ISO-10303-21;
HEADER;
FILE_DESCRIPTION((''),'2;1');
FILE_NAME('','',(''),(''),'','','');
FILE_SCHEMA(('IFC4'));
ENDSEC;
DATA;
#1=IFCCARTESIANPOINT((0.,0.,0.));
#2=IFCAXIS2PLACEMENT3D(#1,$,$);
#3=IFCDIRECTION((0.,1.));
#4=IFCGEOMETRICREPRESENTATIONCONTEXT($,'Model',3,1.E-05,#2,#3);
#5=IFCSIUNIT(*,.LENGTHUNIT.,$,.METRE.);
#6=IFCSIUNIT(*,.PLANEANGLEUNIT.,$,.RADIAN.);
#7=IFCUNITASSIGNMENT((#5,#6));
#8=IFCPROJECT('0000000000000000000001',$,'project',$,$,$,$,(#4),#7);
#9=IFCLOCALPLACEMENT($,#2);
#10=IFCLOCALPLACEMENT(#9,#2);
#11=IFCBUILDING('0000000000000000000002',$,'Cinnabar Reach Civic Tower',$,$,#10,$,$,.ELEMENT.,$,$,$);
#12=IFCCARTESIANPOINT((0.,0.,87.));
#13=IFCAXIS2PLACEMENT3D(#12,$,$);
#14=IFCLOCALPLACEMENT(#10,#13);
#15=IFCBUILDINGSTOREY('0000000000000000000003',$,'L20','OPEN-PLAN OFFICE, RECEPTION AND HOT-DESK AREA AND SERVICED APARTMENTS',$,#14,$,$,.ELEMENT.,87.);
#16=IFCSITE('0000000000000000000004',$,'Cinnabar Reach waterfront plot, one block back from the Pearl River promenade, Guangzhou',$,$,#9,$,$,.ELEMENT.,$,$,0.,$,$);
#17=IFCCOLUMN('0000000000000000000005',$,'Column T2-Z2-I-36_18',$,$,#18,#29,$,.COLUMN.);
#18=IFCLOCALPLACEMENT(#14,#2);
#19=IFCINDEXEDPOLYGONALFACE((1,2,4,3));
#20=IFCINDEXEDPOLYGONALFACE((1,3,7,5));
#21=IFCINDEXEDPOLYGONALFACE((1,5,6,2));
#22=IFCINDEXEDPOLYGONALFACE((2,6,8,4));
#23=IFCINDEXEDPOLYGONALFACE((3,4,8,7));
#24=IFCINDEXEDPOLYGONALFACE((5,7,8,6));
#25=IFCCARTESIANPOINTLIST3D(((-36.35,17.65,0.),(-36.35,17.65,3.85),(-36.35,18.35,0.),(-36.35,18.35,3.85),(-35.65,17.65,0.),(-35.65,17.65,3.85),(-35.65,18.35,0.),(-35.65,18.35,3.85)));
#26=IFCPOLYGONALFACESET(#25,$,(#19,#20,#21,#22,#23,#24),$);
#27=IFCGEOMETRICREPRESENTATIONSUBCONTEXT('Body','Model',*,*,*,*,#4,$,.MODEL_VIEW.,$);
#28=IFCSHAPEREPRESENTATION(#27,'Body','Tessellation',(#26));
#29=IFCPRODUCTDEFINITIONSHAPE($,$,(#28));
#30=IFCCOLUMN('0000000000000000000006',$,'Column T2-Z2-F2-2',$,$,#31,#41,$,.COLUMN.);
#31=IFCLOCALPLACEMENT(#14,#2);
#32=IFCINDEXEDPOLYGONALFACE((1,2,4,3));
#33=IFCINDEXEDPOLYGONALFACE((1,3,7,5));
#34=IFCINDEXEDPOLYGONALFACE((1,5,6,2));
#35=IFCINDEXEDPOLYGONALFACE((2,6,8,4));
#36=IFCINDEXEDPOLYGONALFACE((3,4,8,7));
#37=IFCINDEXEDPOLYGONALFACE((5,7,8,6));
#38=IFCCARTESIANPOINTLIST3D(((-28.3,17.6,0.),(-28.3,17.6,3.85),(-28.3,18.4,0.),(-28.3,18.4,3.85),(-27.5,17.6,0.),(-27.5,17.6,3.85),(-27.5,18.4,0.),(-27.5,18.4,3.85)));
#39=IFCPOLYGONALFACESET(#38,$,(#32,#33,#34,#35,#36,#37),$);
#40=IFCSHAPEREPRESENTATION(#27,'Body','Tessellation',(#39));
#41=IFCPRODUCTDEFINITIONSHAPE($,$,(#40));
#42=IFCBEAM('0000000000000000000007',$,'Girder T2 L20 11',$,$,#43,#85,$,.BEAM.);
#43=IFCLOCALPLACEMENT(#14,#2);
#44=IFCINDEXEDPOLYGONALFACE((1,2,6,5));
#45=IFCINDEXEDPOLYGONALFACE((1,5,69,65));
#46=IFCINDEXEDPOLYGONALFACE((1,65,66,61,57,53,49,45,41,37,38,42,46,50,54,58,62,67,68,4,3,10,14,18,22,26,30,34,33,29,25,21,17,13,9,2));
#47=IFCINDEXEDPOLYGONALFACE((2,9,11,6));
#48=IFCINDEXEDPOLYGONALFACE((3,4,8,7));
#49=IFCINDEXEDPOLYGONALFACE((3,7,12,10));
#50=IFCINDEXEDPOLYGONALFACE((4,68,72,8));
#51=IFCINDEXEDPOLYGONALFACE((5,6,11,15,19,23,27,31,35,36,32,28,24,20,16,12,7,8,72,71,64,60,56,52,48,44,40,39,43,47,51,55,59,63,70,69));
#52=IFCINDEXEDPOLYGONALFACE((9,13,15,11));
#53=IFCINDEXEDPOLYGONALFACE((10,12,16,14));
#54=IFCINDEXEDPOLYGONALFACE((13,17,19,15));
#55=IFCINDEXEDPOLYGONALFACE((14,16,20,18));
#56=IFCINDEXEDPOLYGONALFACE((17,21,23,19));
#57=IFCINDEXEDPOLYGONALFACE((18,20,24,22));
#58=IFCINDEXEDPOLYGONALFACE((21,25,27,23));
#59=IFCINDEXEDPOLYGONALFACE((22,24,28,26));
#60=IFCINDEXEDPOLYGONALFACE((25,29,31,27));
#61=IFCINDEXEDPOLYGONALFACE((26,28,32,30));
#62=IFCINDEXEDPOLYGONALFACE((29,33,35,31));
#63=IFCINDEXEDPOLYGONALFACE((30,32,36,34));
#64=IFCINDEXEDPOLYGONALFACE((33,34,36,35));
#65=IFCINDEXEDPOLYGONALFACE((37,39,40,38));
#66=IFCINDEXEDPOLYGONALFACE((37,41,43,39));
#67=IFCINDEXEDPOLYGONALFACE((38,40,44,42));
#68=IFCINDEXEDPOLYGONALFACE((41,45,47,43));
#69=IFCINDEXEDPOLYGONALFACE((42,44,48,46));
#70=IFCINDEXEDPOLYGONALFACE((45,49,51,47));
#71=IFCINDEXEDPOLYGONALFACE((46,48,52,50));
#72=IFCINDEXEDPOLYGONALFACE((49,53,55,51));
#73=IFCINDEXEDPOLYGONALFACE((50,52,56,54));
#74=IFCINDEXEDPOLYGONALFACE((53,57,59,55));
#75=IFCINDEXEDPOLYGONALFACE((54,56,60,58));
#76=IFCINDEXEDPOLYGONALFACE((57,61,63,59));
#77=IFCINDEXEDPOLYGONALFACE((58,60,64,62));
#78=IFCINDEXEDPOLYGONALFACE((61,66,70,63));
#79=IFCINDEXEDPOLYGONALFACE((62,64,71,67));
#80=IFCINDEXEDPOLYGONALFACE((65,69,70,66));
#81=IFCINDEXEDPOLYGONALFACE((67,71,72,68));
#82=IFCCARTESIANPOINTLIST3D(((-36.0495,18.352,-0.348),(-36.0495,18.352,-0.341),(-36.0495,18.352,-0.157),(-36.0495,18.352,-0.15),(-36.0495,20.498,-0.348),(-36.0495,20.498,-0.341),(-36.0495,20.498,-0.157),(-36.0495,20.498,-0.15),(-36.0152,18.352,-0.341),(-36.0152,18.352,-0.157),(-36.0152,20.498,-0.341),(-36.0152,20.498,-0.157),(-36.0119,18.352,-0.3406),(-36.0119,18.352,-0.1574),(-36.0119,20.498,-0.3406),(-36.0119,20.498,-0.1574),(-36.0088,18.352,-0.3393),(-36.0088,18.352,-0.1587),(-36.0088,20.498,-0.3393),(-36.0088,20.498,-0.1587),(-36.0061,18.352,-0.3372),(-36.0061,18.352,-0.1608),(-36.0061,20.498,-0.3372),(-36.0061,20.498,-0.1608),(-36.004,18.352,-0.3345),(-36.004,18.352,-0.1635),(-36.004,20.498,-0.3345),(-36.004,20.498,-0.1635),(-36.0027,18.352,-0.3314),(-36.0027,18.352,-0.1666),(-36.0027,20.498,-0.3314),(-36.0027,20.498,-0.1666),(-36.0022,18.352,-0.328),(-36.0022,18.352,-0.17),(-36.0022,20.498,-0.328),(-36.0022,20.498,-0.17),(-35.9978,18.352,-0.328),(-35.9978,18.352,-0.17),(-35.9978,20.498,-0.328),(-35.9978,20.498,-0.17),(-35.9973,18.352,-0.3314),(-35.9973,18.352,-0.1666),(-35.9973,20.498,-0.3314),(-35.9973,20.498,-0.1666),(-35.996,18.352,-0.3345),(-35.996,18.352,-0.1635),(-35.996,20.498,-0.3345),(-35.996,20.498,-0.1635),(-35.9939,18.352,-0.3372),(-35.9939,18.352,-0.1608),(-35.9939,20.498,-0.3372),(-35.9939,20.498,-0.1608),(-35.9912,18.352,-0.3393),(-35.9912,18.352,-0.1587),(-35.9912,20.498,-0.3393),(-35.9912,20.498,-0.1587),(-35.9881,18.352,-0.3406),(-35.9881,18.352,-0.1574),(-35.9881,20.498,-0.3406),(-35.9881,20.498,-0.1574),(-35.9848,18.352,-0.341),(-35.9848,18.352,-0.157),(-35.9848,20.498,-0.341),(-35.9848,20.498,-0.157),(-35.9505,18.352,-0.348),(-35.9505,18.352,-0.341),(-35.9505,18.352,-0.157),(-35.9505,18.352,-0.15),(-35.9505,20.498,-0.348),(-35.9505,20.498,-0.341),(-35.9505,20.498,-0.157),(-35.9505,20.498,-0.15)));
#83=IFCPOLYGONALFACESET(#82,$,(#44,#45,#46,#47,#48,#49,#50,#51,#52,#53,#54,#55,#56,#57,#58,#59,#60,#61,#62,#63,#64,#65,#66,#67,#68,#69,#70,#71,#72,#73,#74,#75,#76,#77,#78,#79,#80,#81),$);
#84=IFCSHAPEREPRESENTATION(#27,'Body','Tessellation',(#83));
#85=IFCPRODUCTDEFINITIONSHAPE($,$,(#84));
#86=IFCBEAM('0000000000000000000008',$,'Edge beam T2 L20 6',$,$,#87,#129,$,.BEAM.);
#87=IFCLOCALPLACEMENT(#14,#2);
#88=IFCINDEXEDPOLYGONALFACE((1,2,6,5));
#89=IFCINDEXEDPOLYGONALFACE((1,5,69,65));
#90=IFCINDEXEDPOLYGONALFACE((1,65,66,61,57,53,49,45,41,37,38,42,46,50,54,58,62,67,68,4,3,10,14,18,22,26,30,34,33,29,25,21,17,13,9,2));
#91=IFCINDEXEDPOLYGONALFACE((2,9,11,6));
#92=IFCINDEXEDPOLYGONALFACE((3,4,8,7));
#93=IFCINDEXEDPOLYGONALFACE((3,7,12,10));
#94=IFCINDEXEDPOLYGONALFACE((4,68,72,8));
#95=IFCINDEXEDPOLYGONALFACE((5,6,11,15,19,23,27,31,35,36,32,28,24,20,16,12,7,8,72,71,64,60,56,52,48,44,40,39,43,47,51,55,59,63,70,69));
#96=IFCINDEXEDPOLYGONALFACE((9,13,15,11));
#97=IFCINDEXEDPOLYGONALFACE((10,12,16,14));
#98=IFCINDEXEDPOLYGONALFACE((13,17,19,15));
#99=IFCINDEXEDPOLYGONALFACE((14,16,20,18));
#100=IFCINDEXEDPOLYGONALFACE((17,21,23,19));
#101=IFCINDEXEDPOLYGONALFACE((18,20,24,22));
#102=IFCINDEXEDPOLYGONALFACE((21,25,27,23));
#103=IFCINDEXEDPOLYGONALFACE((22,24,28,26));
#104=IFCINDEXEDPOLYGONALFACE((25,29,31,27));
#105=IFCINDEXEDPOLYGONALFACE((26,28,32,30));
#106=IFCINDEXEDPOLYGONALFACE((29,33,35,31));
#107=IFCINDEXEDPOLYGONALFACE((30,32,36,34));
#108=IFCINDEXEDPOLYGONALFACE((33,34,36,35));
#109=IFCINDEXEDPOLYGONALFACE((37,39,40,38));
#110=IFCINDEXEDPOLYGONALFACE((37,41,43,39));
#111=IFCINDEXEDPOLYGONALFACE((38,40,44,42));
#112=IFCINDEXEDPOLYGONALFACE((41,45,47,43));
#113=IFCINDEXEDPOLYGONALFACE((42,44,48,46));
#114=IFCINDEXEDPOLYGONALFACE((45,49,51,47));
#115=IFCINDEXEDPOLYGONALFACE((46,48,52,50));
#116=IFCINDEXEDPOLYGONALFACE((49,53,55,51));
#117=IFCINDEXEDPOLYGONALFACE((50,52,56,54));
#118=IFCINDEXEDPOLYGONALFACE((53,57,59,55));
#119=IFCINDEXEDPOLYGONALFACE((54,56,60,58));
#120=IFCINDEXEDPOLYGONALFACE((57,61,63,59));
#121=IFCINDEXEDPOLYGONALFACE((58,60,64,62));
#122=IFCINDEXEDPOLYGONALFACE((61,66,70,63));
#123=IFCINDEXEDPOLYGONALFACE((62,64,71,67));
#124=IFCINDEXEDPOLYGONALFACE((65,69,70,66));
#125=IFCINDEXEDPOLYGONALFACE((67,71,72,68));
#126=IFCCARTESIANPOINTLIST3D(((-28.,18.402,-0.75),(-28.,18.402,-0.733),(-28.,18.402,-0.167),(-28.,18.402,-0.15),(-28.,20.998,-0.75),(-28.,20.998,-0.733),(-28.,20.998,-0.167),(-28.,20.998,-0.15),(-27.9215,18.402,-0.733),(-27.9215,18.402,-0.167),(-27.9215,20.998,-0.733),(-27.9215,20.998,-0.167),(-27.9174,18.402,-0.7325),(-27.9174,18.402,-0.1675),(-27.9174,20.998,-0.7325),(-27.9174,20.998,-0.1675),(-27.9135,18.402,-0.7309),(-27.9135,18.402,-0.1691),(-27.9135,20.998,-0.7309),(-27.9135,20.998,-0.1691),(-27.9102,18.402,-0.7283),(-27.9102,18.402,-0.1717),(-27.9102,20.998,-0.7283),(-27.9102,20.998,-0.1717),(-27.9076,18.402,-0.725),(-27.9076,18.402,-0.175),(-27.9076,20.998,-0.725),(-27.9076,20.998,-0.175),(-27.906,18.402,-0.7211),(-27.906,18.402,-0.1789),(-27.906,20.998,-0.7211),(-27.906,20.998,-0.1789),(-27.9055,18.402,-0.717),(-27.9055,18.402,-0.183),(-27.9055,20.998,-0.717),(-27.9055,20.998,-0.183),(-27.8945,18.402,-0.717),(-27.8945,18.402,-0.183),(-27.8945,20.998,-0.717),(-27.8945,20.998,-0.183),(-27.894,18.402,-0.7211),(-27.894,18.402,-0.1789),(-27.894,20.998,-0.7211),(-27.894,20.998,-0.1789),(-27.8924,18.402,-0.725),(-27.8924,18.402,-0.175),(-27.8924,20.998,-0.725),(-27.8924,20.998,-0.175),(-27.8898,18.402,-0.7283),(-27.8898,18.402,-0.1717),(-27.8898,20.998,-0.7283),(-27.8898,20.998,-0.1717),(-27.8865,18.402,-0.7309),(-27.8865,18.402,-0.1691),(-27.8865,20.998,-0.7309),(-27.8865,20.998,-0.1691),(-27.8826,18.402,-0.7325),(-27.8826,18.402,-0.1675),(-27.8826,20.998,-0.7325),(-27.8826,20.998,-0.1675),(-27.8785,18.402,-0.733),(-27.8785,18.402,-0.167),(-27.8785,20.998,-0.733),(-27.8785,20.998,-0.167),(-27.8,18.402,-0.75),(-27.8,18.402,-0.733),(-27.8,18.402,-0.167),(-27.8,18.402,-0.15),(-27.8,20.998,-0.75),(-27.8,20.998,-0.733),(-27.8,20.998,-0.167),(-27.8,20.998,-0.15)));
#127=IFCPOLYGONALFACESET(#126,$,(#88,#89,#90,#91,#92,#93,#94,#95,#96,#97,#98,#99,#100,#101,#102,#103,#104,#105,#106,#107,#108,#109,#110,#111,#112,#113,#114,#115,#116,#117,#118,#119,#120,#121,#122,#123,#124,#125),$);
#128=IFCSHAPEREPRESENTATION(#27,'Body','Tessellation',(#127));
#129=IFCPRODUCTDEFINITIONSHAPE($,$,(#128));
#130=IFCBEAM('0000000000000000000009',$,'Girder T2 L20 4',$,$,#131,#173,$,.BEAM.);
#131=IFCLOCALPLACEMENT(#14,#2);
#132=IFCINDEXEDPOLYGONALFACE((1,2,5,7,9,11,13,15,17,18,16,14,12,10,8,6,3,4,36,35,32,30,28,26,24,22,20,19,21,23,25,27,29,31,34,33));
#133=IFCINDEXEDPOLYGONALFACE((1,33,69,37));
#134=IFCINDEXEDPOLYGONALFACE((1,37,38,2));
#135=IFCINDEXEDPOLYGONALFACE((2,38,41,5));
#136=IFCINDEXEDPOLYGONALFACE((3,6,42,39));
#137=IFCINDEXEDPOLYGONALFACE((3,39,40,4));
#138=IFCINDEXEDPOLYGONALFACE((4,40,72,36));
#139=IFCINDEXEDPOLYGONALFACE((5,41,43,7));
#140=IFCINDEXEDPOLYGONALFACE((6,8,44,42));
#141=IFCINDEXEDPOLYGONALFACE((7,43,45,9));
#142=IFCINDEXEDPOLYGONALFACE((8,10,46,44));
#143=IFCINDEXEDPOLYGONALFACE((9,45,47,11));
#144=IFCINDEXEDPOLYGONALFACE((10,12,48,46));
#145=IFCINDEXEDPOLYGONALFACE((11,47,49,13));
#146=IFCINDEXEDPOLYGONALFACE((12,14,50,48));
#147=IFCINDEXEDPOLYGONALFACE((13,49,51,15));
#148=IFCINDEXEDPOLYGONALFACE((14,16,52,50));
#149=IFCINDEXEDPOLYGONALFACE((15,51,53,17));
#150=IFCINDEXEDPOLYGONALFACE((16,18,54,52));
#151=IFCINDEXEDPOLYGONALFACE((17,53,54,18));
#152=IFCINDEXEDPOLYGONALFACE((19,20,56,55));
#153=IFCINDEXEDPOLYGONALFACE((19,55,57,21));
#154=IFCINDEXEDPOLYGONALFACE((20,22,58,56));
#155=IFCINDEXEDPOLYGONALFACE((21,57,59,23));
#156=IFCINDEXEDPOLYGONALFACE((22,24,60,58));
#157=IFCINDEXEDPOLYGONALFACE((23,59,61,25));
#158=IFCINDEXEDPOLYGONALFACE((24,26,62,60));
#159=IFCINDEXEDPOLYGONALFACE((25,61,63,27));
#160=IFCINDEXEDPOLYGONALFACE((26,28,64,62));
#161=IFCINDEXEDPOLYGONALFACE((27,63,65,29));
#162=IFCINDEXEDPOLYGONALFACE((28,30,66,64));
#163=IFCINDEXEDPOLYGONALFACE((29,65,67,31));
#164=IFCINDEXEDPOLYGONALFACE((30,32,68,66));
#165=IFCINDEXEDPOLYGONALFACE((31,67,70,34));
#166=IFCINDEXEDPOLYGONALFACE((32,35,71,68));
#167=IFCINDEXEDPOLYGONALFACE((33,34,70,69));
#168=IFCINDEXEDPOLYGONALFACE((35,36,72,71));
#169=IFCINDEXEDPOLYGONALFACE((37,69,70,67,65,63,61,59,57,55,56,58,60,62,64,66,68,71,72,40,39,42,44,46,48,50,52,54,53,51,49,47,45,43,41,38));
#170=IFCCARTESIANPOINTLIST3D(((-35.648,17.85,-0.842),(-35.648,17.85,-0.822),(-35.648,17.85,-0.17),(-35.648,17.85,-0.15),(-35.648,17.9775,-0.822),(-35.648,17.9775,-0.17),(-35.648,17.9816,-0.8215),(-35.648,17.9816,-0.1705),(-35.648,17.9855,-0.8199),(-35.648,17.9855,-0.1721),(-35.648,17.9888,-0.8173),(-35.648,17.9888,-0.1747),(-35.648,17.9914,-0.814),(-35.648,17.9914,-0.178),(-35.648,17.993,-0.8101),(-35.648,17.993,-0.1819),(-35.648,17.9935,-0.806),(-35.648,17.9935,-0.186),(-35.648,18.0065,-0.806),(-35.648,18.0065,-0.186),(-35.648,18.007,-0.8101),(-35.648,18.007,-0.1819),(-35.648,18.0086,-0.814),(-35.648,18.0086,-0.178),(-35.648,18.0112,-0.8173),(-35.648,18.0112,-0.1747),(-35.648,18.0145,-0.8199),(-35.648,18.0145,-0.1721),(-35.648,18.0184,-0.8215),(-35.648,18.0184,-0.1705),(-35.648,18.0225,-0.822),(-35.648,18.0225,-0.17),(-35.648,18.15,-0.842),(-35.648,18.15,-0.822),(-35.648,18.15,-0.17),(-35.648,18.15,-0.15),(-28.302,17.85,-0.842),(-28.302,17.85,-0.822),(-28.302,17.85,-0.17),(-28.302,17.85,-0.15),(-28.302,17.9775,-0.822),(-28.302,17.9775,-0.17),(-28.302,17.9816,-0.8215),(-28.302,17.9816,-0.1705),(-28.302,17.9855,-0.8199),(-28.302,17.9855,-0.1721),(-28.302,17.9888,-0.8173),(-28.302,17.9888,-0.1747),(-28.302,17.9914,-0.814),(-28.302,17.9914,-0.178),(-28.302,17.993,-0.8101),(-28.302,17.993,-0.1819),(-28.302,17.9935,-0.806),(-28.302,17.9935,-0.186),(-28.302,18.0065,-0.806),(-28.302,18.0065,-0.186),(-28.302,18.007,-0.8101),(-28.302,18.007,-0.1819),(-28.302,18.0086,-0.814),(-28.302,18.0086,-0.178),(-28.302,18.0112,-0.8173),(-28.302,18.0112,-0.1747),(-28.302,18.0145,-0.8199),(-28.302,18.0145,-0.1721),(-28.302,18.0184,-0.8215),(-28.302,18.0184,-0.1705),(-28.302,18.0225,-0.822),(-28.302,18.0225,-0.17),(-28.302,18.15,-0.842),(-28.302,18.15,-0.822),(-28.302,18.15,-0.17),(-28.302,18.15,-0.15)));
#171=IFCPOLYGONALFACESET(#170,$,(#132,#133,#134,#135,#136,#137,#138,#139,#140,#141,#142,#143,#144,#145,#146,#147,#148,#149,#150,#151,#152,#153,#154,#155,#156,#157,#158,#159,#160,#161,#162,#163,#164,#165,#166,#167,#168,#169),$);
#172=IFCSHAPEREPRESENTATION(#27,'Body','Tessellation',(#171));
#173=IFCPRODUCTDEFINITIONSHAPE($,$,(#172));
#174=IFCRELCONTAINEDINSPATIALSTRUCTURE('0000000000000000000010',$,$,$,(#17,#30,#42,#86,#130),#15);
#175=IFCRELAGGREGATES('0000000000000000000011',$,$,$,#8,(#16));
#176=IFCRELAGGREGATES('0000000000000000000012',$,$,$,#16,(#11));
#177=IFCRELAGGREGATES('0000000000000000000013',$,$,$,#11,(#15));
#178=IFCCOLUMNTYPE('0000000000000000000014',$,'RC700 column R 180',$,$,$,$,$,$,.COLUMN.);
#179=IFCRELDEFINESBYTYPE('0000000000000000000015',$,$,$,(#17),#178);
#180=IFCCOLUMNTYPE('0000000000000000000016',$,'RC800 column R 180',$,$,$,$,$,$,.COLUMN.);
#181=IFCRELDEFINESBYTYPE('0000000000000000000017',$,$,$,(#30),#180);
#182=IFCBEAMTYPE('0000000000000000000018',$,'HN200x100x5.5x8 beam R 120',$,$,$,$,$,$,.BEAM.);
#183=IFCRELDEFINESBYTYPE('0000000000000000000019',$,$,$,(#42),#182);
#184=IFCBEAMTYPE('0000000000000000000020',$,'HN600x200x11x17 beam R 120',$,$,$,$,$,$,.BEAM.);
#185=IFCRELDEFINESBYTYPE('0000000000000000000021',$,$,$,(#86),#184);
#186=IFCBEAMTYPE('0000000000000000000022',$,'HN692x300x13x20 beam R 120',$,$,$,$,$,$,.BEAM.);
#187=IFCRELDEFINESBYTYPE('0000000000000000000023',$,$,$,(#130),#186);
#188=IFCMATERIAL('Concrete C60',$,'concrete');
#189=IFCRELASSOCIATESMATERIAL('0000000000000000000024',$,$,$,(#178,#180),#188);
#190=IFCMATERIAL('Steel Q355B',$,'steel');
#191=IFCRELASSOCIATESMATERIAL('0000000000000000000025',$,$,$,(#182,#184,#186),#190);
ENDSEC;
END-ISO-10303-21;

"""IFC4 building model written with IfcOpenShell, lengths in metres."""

from ifc_helpers import new_model, si_unit, direction, frame, origin, origin_2d, place, context, subcontext, project, spatial, rectangle, i_section, extrude, material, material_profile, profile_set, type_object, element, save


model = new_model("IFC4")

# Units and contexts
model_context = context("Model", 3, precision=1e-05, world=origin(), true_north=direction((0.0, 1.0)))
body_context = subcontext(model_context, "Body", "Model", "MODEL_VIEW")
ifc_project = project(units=[si_unit("LENGTHUNIT", "METRE"), si_unit("PLANEANGLEUNIT", "RADIAN")], contexts=[model_context])

# Site, building, storey
site_placement = place(None, origin())
site = spatial("IfcSite", under=ifc_project, at=site_placement, Name="Cinnabar Reach waterfront plot, one block back from the Pearl River promenade, Guangzhou", CompositionType="ELEMENT", RefElevation=0.0)
building_placement = place(site_placement, origin())
building = spatial("IfcBuilding", under=site, at=building_placement, Name="Cinnabar Reach Civic Tower", CompositionType="ELEMENT")
storey_placement = place(building_placement, frame((0.0, 0.0, 87.0)))
storey = spatial("IfcBuildingStorey", under=building, at=storey_placement, Name="L20", Description="OPEN-PLAN OFFICE, RECEPTION AND HOT-DESK AREA AND SERVICED APARTMENTS", CompositionType="ELEMENT", Elevation=87.0)

# Columns
ifc_material_1 = material(Name="Concrete C60", Category="concrete")
ifc_material_profile_1 = material_profile(ifc_material_1, rectangle(XDim=0.7, YDim=0.7, at=origin_2d()), Name="RC700")
ifc_profile_set_1 = profile_set([ifc_material_profile_1], Name="Concrete C60")
column_type_1 = type_object("IfcColumnType", Name="RC700 column R 180", PredefinedType="COLUMN", material=ifc_profile_set_1)
column_1_placement = place(storey_placement, frame((-36.0, 18.0, 0.0), z_axis=(0.0, 0.0, 1.0), x_axis=(1.0, 0.0, 0.0)))
element("IfcColumn", 1, at=column_1_placement, inside=storey, type_object=column_type_1, Name="Column T2-Z2-I-36_18", PredefinedType="COLUMN", context=body_context, shape_type="SweptSolid", body=[
    extrude(rectangle(XDim=0.7, YDim=0.7, at=origin_2d()), origin(), (0.0, 0.0, 1.0), 3.85),
])
ifc_material_profile_2 = material_profile(ifc_material_1, rectangle(XDim=0.8, YDim=0.8, at=origin_2d()), Name="RC800")
ifc_profile_set_2 = profile_set([ifc_material_profile_2], Name="Concrete C60")
column_type_2 = type_object("IfcColumnType", Name="RC800 column R 180", PredefinedType="COLUMN", material=ifc_profile_set_2)
column_2_placement = place(storey_placement, frame((-27.9, 18.0, 0.0), z_axis=(0.0, 0.0, 1.0), x_axis=(1.0, 0.0, 0.0)))
element("IfcColumn", 2, at=column_2_placement, inside=storey, type_object=column_type_2, Name="Column T2-Z2-F2-2", PredefinedType="COLUMN", context=body_context, shape_type="SweptSolid", body=[
    extrude(rectangle(XDim=0.8, YDim=0.8, at=origin_2d()), origin(), (0.0, 0.0, 1.0), 3.85),
])

# Beams
ifc_material_2 = material(Name="Steel Q355B", Category="steel")
ifc_material_profile_3 = material_profile(ifc_material_2, i_section(OverallWidth=0.099, OverallDepth=0.198, WebThickness=0.0045, FlangeThickness=0.007, FilletRadius=0.013, at=origin_2d()), Name="HN200x100x5.5x8")
ifc_profile_set_3 = profile_set([ifc_material_profile_3], Name="Steel Q355B")
beam_type_1 = type_object("IfcBeamType", Name="HN200x100x5.5x8 beam R 120", PredefinedType="BEAM", material=ifc_profile_set_3)
beam_1_placement = place(storey_placement, frame((-36.0, 18.352, -0.249), z_axis=(0.0, 1.0, 0.0), x_axis=(-1.0, 0.0, 0.0)))
element("IfcBeam", 3, at=beam_1_placement, inside=storey, type_object=beam_type_1, Name="Girder T2 L20 11", PredefinedType="BEAM", context=body_context, shape_type="SweptSolid", body=[
    extrude(i_section(OverallWidth=0.099, OverallDepth=0.198, WebThickness=0.0045, FlangeThickness=0.007, FilletRadius=0.013, at=origin_2d()), origin(), (0.0, 0.0, 1.0), 2.146),
])
ifc_material_profile_4 = material_profile(ifc_material_2, i_section(OverallWidth=0.2, OverallDepth=0.6, WebThickness=0.011, FlangeThickness=0.017, FilletRadius=0.016, at=origin_2d()), Name="HN600x200x11x17")
ifc_profile_set_4 = profile_set([ifc_material_profile_4], Name="Steel Q355B")
beam_type_2 = type_object("IfcBeamType", Name="HN600x200x11x17 beam R 120", PredefinedType="BEAM", material=ifc_profile_set_4)
beam_2_placement = place(storey_placement, frame((-27.9, 18.402, -0.45), z_axis=(0.0, 1.0, 0.0), x_axis=(-1.0, 0.0, 0.0)))
element("IfcBeam", 4, at=beam_2_placement, inside=storey, type_object=beam_type_2, Name="Edge beam T2 L20 6", PredefinedType="BEAM", context=body_context, shape_type="SweptSolid", body=[
    extrude(i_section(OverallWidth=0.2, OverallDepth=0.6, WebThickness=0.011, FlangeThickness=0.017, FilletRadius=0.016, at=origin_2d()), origin(), (0.0, 0.0, 1.0), 2.596),
])
ifc_material_profile_5 = material_profile(ifc_material_2, i_section(OverallWidth=0.3, OverallDepth=0.692, WebThickness=0.013, FlangeThickness=0.02, FilletRadius=0.016, at=origin_2d()), Name="HN692x300x13x20")
ifc_profile_set_5 = profile_set([ifc_material_profile_5], Name="Steel Q355B")
beam_type_3 = type_object("IfcBeamType", Name="HN692x300x13x20 beam R 120", PredefinedType="BEAM", material=ifc_profile_set_5)
beam_3_placement = place(storey_placement, frame((-35.648, 18.0, -0.496), z_axis=(1.0, 0.0, 0.0), x_axis=(0.0, 1.0, 0.0)))
element("IfcBeam", 5, at=beam_3_placement, inside=storey, type_object=beam_type_3, Name="Girder T2 L20 4", PredefinedType="BEAM", context=body_context, shape_type="SweptSolid", body=[
    extrude(i_section(OverallWidth=0.3, OverallDepth=0.692, WebThickness=0.013, FlangeThickness=0.02, FilletRadius=0.016, at=origin_2d()), origin(), (0.0, 0.0, 1.0), 7.346),
])

save(model, "model.ifc")
